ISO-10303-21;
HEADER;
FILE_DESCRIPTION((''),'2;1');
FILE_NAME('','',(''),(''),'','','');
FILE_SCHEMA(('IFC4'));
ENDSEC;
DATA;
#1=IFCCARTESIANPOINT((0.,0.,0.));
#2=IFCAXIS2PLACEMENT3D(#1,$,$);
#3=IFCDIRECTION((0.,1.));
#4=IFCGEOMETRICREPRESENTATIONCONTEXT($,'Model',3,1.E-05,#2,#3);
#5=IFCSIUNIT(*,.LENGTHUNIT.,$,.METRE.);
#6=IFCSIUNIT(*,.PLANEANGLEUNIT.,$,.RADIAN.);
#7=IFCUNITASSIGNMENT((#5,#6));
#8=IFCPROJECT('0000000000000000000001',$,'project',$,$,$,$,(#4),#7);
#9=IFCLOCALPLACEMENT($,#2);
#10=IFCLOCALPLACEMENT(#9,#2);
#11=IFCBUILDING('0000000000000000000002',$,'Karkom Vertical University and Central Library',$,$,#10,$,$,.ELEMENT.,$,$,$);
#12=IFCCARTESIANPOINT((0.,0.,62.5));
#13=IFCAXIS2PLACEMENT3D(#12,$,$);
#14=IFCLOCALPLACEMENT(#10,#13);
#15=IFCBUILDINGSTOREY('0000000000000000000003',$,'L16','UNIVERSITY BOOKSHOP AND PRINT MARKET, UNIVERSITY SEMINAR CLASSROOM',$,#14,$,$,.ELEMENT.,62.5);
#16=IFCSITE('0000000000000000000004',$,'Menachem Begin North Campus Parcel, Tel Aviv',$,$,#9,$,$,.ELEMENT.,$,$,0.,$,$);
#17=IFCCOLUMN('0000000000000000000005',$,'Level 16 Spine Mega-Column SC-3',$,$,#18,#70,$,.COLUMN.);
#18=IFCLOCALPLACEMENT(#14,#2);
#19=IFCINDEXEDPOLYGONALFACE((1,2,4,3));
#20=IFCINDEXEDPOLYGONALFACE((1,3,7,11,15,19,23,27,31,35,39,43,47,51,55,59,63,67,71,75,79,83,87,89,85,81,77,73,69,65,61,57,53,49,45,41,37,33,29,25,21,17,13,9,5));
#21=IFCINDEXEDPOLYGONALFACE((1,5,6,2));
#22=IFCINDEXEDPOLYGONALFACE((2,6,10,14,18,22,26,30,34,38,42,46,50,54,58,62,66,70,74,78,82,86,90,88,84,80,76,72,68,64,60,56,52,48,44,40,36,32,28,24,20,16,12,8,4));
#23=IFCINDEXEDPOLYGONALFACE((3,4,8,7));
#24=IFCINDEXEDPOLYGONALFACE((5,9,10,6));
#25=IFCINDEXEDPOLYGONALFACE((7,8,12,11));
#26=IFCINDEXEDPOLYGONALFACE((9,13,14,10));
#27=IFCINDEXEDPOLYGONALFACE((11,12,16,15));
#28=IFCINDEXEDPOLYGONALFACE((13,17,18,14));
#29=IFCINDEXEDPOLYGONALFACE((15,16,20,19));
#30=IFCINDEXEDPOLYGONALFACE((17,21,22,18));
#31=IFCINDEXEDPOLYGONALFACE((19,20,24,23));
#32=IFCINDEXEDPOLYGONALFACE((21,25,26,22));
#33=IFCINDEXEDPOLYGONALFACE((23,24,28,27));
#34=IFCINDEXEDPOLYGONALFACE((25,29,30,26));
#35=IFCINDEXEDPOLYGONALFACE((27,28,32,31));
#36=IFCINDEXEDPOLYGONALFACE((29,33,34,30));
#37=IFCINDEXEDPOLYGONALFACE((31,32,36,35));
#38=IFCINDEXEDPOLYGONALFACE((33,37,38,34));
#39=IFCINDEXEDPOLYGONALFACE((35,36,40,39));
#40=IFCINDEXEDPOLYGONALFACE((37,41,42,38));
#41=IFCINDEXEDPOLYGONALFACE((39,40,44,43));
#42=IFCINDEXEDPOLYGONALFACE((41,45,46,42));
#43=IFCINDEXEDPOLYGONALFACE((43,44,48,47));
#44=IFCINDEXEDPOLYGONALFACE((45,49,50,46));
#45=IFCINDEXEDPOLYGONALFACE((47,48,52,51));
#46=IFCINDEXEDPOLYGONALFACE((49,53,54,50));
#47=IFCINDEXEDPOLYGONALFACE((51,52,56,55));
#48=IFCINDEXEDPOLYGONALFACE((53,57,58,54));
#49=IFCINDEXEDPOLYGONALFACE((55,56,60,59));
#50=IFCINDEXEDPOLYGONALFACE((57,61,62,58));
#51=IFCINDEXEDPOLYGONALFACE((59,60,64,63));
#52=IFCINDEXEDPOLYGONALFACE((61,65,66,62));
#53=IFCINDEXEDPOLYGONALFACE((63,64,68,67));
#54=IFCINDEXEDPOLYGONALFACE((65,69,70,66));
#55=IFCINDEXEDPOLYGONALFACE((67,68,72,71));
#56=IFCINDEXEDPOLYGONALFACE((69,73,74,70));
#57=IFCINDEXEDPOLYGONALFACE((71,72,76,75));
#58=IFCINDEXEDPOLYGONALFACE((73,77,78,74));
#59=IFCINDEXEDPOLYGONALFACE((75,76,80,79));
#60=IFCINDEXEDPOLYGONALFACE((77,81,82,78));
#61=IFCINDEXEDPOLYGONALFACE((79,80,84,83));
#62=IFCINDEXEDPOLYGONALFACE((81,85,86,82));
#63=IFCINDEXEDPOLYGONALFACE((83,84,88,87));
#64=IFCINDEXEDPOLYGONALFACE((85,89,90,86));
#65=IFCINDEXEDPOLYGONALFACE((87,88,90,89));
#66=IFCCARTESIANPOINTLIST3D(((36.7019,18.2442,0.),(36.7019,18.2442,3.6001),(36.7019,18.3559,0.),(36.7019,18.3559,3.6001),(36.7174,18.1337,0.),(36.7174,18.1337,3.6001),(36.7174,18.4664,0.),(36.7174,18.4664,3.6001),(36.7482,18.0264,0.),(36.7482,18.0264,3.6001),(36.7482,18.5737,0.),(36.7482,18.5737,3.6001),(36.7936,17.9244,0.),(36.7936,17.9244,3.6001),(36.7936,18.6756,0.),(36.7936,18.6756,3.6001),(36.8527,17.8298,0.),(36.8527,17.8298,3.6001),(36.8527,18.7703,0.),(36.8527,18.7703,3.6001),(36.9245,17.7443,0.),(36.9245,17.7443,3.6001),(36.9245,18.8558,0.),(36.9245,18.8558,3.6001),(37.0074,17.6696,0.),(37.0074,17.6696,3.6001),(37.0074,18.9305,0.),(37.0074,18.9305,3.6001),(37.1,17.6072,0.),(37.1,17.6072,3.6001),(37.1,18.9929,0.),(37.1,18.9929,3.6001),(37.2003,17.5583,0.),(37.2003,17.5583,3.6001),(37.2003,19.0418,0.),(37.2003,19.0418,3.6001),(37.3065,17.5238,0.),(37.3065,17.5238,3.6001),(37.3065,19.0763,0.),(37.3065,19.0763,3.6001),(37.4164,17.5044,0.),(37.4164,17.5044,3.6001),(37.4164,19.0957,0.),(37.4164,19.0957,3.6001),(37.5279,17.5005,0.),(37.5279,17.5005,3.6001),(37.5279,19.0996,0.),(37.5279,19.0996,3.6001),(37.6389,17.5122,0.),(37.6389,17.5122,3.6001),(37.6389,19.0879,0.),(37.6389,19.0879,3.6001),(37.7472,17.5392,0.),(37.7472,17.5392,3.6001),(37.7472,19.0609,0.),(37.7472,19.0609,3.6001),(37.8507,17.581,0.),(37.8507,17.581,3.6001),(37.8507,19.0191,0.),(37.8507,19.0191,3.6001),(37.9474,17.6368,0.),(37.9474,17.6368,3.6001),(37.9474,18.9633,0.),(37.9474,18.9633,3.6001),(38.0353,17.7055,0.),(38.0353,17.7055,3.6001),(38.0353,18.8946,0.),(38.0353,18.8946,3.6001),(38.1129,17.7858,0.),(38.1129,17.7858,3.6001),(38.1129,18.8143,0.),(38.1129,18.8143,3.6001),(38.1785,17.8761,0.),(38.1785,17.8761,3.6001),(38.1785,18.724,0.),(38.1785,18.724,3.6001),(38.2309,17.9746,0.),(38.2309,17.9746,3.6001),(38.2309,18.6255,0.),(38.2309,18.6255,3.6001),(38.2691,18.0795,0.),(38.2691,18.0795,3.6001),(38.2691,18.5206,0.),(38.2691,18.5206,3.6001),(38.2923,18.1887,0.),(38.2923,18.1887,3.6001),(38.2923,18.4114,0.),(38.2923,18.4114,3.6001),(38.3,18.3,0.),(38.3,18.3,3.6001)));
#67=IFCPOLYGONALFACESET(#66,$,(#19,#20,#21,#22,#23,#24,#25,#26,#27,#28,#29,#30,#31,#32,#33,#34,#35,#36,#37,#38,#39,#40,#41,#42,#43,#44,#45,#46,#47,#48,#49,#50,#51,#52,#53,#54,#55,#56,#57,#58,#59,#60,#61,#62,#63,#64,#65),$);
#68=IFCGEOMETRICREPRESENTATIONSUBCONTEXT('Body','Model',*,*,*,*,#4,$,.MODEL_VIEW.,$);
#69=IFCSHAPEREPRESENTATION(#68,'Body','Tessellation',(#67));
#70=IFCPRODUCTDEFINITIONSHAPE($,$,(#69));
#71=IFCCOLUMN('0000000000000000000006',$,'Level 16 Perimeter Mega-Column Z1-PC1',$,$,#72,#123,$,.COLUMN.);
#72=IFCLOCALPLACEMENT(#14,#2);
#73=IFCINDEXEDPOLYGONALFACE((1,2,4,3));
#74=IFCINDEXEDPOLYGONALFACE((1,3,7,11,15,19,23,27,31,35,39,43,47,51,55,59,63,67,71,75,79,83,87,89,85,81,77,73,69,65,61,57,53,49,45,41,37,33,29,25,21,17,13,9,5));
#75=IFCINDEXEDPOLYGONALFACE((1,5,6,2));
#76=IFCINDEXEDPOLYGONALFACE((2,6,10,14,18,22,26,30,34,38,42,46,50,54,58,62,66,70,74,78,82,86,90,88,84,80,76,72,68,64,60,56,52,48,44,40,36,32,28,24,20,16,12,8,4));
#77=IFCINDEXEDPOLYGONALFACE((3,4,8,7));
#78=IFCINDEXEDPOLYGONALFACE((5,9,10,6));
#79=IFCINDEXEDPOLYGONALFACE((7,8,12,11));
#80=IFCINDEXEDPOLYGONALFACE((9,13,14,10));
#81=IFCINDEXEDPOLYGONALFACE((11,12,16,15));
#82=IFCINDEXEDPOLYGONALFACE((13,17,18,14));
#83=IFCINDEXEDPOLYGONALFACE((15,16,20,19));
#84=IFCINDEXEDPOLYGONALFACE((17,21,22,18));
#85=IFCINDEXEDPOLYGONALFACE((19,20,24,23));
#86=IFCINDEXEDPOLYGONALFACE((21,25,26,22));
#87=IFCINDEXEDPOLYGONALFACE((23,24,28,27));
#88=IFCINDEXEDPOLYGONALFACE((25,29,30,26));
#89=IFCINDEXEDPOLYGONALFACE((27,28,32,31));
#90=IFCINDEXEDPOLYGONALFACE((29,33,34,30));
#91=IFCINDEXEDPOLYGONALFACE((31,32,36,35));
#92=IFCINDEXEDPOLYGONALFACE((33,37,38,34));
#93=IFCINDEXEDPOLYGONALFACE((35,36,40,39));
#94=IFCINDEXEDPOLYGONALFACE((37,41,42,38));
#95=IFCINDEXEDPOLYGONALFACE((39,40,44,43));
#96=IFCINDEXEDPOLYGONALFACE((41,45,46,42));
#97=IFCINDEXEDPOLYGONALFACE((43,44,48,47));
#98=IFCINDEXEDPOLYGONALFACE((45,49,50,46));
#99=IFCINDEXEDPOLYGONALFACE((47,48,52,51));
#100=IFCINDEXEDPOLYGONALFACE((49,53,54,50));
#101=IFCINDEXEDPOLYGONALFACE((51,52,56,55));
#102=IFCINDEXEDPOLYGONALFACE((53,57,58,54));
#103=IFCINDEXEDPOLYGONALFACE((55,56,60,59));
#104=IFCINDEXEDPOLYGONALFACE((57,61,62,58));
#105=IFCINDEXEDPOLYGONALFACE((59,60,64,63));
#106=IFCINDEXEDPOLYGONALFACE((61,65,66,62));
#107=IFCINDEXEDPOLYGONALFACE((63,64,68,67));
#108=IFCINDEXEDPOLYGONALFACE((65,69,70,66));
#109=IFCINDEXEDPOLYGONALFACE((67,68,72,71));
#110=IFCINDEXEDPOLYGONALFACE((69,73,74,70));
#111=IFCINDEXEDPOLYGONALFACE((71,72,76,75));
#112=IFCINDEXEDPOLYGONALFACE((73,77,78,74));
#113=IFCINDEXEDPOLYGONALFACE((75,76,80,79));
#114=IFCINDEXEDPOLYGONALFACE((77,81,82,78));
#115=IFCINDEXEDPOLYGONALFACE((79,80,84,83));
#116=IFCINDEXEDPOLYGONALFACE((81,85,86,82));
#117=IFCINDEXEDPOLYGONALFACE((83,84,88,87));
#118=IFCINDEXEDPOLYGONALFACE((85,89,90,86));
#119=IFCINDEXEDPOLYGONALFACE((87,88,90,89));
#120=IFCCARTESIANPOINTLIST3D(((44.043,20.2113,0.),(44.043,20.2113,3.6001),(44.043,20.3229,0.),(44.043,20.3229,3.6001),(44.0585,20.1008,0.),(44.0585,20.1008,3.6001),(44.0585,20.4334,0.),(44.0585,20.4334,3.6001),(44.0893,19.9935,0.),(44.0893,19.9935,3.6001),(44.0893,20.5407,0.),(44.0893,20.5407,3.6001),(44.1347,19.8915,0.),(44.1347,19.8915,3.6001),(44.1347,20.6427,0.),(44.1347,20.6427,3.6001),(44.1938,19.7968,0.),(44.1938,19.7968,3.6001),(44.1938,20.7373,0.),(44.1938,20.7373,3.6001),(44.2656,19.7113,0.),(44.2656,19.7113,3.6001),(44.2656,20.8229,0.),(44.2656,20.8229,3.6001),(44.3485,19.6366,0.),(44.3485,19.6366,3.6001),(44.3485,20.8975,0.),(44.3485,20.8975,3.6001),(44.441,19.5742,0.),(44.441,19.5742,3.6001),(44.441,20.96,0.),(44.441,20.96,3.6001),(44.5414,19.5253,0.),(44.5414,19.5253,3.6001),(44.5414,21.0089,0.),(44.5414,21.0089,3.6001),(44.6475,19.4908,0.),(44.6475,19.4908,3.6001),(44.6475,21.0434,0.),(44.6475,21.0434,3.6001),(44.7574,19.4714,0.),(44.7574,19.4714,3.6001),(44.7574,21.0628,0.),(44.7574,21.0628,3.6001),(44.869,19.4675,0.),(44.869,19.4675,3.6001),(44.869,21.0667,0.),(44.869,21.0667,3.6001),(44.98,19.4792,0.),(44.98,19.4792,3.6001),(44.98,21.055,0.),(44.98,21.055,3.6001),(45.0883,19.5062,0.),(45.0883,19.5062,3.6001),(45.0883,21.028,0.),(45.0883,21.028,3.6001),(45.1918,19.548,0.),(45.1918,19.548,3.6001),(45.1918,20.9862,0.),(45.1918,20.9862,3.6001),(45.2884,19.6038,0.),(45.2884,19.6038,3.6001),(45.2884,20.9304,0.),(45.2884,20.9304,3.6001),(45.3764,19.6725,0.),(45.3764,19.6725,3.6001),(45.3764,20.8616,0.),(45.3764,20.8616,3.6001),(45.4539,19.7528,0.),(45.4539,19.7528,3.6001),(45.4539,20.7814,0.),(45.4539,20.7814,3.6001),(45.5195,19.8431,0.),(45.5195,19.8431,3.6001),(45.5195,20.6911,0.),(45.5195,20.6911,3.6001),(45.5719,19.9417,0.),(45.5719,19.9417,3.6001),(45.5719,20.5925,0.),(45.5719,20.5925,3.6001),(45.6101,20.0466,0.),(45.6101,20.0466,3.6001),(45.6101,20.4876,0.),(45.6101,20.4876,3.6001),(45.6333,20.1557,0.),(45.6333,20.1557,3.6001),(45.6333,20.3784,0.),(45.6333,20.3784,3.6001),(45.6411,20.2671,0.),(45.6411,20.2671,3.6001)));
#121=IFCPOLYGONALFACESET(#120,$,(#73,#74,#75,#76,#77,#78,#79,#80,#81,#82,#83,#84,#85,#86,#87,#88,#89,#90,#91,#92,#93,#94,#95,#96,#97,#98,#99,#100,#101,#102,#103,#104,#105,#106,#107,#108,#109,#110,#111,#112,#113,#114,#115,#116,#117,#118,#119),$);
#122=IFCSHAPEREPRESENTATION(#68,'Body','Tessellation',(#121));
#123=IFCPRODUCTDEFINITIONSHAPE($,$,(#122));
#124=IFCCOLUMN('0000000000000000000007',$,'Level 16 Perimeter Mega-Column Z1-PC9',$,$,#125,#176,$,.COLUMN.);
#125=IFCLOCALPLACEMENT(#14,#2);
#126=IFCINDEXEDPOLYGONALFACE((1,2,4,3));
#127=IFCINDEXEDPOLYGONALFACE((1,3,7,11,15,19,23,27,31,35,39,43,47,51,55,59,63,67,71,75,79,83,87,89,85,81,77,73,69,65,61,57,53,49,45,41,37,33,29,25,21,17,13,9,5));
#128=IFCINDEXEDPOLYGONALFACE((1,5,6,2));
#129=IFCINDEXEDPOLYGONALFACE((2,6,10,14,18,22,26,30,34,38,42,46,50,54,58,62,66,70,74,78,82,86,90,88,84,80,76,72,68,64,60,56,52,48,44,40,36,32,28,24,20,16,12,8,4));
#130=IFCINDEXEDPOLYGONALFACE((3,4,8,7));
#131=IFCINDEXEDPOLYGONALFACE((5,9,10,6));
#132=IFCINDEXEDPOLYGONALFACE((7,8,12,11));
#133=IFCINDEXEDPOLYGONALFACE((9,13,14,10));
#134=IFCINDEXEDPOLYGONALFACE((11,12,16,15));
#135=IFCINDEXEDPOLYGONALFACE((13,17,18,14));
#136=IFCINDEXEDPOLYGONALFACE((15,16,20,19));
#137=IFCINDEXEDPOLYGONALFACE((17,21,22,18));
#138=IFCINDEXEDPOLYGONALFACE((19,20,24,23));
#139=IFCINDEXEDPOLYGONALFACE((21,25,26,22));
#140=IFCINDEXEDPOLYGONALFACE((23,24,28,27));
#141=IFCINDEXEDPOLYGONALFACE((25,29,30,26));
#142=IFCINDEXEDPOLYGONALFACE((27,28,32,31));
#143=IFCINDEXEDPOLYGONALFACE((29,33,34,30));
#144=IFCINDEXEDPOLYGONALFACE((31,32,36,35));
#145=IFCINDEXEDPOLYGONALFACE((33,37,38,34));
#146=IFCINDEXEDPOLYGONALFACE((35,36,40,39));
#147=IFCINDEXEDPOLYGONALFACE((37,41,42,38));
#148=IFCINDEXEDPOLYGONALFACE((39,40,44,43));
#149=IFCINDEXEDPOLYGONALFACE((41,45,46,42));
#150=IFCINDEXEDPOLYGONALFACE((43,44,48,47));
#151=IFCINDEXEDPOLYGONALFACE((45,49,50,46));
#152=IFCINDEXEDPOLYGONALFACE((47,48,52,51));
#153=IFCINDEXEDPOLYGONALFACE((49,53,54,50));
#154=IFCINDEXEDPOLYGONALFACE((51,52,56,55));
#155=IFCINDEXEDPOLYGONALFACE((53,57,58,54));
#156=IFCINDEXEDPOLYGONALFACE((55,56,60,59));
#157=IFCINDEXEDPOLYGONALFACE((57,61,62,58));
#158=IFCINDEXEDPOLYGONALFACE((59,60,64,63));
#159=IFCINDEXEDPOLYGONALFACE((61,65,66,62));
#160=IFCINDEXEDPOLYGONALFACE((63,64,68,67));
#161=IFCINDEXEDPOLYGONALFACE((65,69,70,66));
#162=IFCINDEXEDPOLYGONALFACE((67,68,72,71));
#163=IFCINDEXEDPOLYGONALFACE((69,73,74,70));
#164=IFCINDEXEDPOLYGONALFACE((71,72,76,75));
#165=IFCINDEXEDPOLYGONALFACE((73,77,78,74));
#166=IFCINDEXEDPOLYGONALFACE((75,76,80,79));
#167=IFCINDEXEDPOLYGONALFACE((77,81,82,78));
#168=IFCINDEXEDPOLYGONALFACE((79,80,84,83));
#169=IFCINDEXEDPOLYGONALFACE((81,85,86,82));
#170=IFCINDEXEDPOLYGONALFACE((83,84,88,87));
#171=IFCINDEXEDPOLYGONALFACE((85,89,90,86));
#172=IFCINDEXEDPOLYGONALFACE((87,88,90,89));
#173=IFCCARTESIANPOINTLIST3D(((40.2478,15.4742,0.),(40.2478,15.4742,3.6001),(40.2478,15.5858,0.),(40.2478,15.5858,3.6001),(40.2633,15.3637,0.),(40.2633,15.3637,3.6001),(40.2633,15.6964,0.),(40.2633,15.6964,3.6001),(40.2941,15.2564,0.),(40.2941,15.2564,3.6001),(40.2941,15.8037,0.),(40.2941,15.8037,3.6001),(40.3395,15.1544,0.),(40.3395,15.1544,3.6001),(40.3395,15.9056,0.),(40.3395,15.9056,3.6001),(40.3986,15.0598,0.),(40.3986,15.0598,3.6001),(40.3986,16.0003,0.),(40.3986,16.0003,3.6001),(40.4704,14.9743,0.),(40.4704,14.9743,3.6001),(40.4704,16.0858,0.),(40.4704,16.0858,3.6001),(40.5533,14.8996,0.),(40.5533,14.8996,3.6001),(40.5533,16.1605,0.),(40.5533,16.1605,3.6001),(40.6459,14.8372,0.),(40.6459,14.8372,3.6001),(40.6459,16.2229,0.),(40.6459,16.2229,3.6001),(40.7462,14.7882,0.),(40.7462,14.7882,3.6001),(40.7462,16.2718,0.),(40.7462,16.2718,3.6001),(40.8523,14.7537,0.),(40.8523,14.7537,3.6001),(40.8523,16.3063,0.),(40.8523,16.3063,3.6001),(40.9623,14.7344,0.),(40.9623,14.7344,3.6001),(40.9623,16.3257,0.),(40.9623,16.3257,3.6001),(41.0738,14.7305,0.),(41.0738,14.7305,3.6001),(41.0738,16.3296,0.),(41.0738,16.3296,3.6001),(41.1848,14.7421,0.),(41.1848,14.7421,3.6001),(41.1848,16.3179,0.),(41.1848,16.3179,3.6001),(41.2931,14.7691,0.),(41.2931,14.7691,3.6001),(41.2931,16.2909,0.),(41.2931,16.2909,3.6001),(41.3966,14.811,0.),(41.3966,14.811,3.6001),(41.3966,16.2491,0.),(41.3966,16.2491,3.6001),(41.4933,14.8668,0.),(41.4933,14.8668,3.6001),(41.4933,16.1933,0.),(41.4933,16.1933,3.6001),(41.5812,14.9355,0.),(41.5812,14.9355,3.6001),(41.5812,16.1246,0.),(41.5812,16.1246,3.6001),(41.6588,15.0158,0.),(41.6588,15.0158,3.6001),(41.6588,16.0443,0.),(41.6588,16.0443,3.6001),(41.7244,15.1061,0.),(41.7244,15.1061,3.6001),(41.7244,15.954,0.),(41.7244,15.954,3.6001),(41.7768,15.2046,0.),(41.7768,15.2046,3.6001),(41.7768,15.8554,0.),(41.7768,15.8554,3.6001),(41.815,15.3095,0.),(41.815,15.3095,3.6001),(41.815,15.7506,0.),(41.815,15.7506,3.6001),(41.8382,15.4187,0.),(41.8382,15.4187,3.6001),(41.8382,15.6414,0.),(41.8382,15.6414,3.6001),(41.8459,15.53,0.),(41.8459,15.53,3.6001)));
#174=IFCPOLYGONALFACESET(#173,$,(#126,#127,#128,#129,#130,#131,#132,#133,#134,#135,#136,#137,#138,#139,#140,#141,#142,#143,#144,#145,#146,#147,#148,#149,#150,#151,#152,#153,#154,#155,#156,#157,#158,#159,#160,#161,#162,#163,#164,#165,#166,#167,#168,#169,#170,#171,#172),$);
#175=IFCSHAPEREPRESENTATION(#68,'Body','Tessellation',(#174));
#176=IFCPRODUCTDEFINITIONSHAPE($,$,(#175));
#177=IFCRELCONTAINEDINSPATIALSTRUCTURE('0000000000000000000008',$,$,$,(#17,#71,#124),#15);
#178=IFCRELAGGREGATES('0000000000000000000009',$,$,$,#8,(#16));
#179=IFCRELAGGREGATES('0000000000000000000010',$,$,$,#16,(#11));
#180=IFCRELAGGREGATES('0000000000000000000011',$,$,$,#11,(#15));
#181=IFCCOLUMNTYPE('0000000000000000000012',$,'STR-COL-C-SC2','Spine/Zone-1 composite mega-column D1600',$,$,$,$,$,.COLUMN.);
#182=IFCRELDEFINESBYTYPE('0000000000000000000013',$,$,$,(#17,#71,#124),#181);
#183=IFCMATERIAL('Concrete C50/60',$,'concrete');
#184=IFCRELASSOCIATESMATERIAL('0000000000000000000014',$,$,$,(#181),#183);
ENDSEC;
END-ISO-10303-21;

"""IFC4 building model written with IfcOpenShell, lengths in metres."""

from ifc_helpers import new_model, si_unit, direction, frame, origin, origin_with_axes, origin_2d, place, context, subcontext, project, spatial, circle, extrude, source, transform, mapped, material, material_profile, profile_set, type_object, element, save


model = new_model("IFC4")

# Units and contexts
model_context = context("Model", 3, precision=1e-05, world=origin(), true_north=direction((0.0, 1.0)))
body_context = subcontext(model_context, "Body", "Model", "MODEL_VIEW")
ifc_project = project(units=[si_unit("LENGTHUNIT", "METRE"), si_unit("PLANEANGLEUNIT", "RADIAN")], contexts=[model_context])

# Site, building, storey
site_placement = place(None, origin())
site = spatial("IfcSite", under=ifc_project, at=site_placement, Name="Menachem Begin North Campus Parcel, Tel Aviv", CompositionType="ELEMENT", RefElevation=0.0)
building_placement = place(site_placement, origin())
building = spatial("IfcBuilding", under=site, at=building_placement, Name="Karkom Vertical University and Central Library", CompositionType="ELEMENT")
storey_placement = place(building_placement, frame((0.0, 0.0, 62.5)))
storey = spatial("IfcBuildingStorey", under=building, at=storey_placement, Name="L16", Description="UNIVERSITY BOOKSHOP AND PRINT MARKET, UNIVERSITY SEMINAR CLASSROOM", CompositionType="ELEMENT", Elevation=62.5)

# Columns
ifc_material_1 = material(Name="Concrete C50/60", Category="concrete")
ifc_material_profile_1 = material_profile(ifc_material_1, circle(Radius=0.8, at=origin_2d()), Name="CFT-D1600")
ifc_profile_set_1 = profile_set([ifc_material_profile_1], Name="Concrete C50/60")
column_type = type_object("IfcColumnType", Name="STR-COL-C-SC2", Description="Spine/Zone-1 composite mega-column D1600", PredefinedType="COLUMN", material=ifc_profile_set_1)
shared_shape_1 = source(origin_with_axes(), body_context, "Body", "SweptSolid", [
    extrude(circle(Radius=0.8, at=origin_2d()), origin(), (0.0, 0.0, 1.0), 3.6001),
])
for number, where, z_axis, x_axis, name in (
    (1, (37.5, 18.3, 0.0), (0.0, 0.0, 1.0), (1.0, 0.0, 0.0), "Level 16 Spine Mega-Column SC-3"),
    (2, (44.8411, 20.2671, 0.0), (0.0, 0.0, 1.0), (1.0, 0.0, 0.0), "Level 16 Perimeter Mega-Column Z1-PC1"),
    (3, (41.0459, 15.53, 0.0), (0.0, 0.0, 1.0), (1.0, 0.0, 0.0), "Level 16 Perimeter Mega-Column Z1-PC9"),
):
    element("IfcColumn", number, at=place(storey_placement, frame(where, z_axis=z_axis, x_axis=x_axis)), inside=storey, type_object=column_type, Name=name, PredefinedType="COLUMN", context=body_context, shape_type="MappedRepresentation", body=[
        mapped(shared_shape_1, transform((0.0, 0.0, 0.0), scale=1.0)),
    ])

save(model, "model.ifc")
